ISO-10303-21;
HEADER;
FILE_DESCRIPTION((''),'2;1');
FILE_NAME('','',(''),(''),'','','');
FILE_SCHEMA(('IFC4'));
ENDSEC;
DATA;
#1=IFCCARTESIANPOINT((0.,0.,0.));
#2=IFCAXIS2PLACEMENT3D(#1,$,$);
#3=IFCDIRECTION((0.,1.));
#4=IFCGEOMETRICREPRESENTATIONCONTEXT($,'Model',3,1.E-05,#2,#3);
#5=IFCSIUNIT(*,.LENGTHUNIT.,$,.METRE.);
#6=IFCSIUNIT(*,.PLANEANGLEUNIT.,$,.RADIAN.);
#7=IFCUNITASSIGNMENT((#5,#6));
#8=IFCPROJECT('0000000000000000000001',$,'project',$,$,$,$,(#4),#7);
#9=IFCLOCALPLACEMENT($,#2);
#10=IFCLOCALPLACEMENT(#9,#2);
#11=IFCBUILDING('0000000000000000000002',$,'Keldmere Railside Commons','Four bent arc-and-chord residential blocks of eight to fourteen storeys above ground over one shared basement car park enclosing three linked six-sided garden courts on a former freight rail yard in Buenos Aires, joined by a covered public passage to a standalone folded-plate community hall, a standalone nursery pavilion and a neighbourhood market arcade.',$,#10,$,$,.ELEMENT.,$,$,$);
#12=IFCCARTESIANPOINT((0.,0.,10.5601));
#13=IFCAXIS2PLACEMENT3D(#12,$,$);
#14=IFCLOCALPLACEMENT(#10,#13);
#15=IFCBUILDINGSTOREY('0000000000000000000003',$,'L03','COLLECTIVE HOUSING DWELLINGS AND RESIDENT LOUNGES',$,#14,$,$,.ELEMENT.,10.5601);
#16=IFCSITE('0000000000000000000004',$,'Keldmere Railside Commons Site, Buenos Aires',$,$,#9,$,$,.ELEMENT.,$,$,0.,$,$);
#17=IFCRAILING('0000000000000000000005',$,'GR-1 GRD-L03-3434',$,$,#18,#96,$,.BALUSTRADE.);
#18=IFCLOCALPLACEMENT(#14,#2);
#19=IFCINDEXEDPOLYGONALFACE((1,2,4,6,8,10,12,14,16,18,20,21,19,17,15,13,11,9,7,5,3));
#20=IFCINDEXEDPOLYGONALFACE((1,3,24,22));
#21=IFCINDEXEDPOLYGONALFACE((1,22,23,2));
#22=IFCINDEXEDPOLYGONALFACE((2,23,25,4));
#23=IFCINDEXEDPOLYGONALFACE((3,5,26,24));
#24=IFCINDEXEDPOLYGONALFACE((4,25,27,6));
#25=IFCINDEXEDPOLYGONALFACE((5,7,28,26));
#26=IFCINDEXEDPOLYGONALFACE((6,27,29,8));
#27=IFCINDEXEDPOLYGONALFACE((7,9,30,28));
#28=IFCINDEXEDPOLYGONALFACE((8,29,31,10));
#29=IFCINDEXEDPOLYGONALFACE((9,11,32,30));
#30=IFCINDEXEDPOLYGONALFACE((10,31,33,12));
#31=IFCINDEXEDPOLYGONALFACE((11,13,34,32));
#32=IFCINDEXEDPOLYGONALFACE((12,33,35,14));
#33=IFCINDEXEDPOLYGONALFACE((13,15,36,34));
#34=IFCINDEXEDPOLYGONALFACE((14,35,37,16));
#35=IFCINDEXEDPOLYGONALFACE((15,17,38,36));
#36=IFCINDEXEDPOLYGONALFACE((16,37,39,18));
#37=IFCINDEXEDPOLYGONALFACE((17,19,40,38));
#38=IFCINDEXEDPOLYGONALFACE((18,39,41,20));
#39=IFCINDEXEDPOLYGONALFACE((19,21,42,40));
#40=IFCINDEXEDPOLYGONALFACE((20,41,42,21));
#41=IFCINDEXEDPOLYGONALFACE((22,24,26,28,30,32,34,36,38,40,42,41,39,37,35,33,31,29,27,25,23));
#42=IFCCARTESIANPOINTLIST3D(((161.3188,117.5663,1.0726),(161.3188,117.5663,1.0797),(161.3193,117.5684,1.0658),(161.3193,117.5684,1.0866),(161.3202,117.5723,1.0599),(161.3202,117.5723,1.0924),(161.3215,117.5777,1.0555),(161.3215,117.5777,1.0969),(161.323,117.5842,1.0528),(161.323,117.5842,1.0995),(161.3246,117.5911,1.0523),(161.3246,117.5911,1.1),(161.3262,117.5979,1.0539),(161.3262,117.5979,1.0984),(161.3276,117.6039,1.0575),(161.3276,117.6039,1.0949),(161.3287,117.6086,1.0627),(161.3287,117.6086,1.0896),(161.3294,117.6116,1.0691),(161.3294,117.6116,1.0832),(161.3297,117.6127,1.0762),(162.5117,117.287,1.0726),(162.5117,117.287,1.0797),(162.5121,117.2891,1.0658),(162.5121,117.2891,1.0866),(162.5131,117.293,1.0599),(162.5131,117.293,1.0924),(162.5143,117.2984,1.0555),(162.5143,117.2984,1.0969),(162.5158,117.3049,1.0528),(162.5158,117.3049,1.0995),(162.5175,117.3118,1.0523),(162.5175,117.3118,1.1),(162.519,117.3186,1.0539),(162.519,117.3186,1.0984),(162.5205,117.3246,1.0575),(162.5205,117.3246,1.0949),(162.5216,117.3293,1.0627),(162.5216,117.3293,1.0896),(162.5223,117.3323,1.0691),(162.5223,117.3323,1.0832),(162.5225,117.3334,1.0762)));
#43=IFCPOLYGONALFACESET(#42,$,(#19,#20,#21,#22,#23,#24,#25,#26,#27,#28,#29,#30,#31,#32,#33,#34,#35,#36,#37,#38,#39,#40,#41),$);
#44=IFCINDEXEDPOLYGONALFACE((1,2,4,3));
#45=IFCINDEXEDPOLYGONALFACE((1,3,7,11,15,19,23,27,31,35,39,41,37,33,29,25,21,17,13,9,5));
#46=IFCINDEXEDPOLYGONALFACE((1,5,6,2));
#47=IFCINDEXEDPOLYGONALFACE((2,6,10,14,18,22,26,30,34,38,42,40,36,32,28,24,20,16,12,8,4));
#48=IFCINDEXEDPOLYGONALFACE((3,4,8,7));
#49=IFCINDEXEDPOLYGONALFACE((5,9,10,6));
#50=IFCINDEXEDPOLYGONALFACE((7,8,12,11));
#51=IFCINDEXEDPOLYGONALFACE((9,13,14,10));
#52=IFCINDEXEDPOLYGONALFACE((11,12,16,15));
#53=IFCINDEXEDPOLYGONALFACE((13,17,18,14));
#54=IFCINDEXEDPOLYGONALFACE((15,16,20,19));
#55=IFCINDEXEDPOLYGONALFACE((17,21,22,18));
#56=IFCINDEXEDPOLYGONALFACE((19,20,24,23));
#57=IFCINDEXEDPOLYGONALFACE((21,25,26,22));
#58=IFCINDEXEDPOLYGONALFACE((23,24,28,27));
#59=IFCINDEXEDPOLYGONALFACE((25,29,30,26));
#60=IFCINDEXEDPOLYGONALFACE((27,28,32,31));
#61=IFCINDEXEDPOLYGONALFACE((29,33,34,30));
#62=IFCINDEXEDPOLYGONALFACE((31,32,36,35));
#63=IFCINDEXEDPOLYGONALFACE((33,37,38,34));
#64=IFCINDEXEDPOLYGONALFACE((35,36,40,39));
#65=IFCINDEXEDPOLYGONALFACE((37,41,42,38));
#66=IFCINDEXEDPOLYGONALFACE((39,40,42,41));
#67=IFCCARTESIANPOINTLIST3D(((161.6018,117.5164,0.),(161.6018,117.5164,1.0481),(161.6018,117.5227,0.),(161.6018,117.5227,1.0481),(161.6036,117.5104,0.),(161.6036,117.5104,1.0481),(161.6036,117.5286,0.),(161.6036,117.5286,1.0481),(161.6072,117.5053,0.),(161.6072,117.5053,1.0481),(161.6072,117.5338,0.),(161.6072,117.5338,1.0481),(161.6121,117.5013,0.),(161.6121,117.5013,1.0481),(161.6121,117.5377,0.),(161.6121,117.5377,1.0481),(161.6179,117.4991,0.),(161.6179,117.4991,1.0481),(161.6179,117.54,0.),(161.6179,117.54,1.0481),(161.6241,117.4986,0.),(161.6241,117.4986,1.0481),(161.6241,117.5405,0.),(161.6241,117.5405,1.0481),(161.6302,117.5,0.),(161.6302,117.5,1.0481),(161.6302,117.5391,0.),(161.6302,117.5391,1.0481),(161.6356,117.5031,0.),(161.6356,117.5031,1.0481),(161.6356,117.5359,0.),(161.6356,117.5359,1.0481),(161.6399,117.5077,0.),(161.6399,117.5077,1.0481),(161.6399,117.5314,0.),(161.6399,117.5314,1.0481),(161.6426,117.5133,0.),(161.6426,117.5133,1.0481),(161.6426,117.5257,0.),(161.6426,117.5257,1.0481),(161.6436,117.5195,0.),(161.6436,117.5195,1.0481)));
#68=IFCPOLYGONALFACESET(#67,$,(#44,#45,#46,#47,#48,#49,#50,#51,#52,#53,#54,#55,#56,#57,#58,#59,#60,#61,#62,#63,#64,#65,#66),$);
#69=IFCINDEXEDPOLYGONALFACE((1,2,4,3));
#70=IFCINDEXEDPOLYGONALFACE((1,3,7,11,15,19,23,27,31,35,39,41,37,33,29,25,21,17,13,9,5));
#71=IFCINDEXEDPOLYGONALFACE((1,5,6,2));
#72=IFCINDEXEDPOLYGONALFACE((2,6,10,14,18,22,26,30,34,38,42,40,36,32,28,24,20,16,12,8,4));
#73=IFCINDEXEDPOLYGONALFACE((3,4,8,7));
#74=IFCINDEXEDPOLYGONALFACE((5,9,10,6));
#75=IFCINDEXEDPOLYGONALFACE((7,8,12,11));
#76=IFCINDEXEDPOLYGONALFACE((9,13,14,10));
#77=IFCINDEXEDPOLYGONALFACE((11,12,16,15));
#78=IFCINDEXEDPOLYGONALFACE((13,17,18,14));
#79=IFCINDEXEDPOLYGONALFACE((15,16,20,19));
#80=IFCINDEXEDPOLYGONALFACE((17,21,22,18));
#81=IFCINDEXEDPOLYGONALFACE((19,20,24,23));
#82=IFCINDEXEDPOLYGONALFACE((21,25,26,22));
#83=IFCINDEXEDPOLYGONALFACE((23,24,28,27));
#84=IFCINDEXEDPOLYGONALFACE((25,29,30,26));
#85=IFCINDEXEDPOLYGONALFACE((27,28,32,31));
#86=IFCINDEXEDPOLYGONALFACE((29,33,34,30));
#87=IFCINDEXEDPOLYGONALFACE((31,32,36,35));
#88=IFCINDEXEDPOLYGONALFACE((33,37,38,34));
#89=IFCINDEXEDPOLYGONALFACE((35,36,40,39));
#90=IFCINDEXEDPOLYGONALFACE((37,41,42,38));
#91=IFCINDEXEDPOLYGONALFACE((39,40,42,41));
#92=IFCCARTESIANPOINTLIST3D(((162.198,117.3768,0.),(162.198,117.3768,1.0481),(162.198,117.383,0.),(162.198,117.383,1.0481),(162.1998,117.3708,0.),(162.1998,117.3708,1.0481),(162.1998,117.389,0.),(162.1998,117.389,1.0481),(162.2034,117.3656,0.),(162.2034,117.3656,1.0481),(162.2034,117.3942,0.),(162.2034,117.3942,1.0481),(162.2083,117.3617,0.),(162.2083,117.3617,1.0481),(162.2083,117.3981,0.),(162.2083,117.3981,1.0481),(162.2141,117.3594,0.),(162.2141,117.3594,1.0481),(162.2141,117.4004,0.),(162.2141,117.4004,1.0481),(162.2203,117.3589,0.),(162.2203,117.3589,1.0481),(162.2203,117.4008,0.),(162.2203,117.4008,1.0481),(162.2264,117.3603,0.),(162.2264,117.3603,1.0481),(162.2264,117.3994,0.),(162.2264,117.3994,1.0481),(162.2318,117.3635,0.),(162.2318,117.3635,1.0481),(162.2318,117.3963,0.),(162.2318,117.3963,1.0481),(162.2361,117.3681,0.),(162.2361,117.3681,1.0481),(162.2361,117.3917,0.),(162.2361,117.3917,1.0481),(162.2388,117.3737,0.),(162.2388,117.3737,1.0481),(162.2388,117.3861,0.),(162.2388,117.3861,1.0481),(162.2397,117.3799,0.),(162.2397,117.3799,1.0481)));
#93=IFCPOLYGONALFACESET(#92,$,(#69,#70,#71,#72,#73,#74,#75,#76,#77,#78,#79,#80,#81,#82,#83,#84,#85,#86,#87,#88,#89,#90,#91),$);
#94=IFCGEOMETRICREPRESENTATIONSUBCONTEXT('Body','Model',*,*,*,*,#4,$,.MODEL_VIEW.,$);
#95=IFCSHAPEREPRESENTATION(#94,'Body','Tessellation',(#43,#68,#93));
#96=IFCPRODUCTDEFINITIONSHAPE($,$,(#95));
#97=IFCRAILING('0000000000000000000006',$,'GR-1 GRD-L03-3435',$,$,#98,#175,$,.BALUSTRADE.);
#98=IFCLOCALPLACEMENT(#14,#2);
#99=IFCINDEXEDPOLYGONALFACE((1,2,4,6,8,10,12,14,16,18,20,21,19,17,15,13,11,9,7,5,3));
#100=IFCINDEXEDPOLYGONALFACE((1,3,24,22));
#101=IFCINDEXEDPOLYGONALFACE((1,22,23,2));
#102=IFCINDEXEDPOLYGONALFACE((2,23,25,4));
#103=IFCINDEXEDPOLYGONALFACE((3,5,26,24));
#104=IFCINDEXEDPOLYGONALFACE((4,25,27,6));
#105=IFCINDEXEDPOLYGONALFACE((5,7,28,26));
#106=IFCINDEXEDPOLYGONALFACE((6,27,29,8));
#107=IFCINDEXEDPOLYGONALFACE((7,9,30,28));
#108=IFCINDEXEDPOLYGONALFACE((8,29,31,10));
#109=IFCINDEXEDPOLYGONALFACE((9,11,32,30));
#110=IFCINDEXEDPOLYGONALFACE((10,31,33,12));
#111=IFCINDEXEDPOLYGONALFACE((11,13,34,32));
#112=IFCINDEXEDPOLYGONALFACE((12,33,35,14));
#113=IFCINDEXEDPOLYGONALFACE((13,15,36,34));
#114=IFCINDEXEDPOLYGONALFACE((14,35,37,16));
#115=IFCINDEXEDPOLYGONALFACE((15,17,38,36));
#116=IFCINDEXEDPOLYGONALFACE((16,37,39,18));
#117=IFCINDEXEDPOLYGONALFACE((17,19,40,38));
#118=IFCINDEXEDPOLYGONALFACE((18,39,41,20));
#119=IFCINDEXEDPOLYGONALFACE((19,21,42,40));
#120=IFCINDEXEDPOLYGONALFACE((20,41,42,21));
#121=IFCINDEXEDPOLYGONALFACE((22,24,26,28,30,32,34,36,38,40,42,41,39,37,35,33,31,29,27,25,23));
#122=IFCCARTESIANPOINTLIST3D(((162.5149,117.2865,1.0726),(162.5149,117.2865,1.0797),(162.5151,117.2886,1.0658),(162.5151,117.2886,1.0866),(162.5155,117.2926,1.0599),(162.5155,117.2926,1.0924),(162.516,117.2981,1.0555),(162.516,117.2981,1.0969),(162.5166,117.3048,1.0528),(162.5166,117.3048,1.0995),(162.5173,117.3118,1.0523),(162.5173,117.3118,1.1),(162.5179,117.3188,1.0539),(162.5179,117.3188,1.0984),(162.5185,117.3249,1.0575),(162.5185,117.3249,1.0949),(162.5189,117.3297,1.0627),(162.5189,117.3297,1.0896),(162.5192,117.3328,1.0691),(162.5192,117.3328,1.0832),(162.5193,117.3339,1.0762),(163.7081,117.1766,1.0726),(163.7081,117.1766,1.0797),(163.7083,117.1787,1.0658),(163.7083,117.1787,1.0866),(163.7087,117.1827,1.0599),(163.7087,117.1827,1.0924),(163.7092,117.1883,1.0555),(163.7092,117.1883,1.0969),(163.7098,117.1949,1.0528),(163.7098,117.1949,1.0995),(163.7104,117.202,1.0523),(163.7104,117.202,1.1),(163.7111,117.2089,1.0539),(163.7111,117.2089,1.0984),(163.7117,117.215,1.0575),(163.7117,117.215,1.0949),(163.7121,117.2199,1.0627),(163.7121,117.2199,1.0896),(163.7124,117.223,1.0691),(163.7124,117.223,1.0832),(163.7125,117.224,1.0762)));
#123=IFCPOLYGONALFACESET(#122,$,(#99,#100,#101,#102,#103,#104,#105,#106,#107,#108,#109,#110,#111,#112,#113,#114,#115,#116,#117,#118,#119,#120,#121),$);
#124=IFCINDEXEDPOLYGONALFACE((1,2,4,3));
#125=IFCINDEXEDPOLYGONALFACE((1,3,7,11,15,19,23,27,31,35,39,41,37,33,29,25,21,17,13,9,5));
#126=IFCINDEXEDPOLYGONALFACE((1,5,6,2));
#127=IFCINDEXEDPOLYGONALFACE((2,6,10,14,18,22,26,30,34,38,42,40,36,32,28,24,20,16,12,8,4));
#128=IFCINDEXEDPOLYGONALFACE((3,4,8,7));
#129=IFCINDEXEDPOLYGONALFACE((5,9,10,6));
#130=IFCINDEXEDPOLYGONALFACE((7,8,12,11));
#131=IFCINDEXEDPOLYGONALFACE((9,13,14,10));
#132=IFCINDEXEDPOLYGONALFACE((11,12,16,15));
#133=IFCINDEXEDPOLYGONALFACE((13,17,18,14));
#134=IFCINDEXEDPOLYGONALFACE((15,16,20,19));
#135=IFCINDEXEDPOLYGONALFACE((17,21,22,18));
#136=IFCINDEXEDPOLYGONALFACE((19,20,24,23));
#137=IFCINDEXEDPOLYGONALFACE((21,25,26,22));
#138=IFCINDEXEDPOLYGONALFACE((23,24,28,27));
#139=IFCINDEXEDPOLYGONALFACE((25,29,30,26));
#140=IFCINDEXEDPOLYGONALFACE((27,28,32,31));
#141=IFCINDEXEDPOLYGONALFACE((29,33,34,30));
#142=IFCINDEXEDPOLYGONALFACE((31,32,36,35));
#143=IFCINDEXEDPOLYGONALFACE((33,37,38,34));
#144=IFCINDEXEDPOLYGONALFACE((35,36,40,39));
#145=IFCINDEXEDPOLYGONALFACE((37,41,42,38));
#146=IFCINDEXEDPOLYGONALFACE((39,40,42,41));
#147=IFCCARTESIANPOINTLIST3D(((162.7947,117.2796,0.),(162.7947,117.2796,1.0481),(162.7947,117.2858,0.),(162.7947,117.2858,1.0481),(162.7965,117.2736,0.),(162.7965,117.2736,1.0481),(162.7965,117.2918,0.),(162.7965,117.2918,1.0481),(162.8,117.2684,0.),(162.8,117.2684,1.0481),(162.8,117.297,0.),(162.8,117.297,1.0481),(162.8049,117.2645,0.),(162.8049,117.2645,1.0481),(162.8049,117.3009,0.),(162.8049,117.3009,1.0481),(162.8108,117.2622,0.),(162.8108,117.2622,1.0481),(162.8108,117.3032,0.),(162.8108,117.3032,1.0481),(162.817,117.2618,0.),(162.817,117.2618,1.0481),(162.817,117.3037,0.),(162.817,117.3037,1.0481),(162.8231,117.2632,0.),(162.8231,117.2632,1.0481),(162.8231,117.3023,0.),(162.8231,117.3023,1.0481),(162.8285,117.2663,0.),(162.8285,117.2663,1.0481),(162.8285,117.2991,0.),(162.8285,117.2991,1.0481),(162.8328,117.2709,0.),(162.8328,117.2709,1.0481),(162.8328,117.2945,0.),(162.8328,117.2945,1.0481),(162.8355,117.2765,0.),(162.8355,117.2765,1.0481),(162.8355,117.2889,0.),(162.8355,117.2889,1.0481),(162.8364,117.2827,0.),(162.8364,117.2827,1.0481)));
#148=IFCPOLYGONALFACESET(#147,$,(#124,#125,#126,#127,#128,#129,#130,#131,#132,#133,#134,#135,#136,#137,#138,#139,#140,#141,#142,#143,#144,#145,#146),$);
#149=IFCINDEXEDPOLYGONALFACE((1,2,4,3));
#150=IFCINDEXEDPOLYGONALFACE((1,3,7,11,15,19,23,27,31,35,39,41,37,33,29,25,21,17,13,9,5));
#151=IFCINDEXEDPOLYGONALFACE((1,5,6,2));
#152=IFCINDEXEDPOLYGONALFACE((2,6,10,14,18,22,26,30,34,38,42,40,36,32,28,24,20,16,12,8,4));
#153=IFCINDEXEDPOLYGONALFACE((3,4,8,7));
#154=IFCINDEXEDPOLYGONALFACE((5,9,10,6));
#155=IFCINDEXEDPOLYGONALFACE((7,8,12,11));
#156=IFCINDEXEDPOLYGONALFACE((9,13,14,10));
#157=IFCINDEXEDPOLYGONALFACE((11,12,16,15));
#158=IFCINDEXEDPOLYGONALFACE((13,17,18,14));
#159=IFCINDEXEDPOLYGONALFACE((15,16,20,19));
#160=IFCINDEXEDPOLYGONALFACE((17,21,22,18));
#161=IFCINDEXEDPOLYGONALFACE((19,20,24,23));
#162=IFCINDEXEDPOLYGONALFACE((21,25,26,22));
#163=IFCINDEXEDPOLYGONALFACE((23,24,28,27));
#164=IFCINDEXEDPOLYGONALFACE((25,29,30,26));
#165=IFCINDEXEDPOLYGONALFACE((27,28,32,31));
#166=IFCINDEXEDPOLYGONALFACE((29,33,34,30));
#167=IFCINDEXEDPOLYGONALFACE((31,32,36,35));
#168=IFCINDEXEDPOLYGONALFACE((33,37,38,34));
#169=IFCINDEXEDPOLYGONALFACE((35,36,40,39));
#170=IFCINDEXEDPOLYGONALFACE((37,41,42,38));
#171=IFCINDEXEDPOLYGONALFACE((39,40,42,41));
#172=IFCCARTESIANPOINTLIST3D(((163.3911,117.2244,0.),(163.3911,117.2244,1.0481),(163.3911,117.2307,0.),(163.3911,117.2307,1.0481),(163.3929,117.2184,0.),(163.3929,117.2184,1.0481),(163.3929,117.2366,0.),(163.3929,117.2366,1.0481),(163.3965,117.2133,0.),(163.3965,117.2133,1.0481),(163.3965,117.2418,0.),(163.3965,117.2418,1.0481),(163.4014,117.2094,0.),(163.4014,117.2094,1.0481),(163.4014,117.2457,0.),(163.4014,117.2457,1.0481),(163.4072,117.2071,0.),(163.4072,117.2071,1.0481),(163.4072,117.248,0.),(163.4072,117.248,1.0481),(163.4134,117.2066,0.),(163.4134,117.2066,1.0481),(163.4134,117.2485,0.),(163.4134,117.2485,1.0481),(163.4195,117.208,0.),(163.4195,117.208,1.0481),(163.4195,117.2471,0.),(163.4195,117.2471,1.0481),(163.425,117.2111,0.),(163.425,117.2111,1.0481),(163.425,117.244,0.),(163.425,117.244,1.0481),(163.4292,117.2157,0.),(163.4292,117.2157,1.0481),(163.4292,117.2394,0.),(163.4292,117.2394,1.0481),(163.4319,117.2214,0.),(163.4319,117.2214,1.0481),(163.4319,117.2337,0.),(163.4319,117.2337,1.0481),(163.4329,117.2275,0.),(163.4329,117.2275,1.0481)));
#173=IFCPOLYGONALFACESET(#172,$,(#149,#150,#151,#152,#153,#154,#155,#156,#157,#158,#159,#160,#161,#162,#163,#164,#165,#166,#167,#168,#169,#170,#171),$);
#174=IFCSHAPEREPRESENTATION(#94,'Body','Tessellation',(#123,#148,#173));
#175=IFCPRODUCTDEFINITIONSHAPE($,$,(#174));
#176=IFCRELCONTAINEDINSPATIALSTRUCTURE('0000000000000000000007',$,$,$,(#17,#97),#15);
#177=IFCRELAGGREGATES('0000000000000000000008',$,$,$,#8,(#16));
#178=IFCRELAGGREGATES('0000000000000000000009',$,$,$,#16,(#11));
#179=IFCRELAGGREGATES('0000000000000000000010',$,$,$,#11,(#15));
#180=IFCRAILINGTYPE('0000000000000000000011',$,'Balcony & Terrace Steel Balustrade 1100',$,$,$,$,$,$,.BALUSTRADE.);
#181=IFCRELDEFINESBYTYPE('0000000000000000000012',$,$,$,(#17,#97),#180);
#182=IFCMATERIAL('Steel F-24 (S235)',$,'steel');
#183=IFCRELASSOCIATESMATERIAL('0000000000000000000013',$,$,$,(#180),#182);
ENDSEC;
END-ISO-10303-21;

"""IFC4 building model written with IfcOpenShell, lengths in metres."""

from ifc_helpers import new_model, si_unit, direction, frame, origin, origin_2d, place, context, subcontext, project, spatial, circle, extrude, material, type_object, element, save


model = new_model("IFC4")

# Units and contexts
model_context = context("Model", 3, precision=1e-05, world=origin(), true_north=direction((0.0, 1.0)))
body_context = subcontext(model_context, "Body", "Model", "MODEL_VIEW")
ifc_project = project(units=[si_unit("LENGTHUNIT", "METRE"), si_unit("PLANEANGLEUNIT", "RADIAN")], contexts=[model_context])

# Site, building, storey
site_placement = place(None, origin())
site = spatial("IfcSite", under=ifc_project, at=site_placement, Name="Keldmere Railside Commons Site, Buenos Aires", CompositionType="ELEMENT", RefElevation=0.0)
building_placement = place(site_placement, origin())
building = spatial("IfcBuilding", under=site, at=building_placement, Name="Keldmere Railside Commons", Description="Four bent arc-and-chord residential blocks of eight to fourteen storeys above ground over one shared basement car park enclosing three linked six-sided garden courts on a former freight rail yard in Buenos Aires, joined by a covered public passage to a standalone folded-plate community hall, a standalone nursery pavilion and a neighbourhood market arcade.", CompositionType="ELEMENT")
storey_placement = place(building_placement, frame((0.0, 0.0, 10.5601)))
storey = spatial("IfcBuildingStorey", under=building, at=storey_placement, Name="L03", Description="COLLECTIVE HOUSING DWELLINGS AND RESIDENT LOUNGES", CompositionType="ELEMENT", Elevation=10.5601)

# Railings
ifc_material_1 = material(Name="Steel F-24 (S235)", Category="steel")
railing_type = type_object("IfcRailingType", Name="Balcony & Terrace Steel Balustrade 1100", PredefinedType="BALUSTRADE", material=ifc_material_1)
railing_1_placement = place(storey_placement, frame((161.3242, 117.5894, 0.0)))
element("IfcRailing", 1, at=railing_1_placement, inside=storey, type_object=railing_type, Name="GR-1 GRD-L03-3434", PredefinedType="BALUSTRADE", context=body_context, shape_type="SweptSolid", body=[
    extrude(circle(Radius=0.0239, at=origin_2d()), frame((0.0, 0.0, 1.0762), z_axis=(0.973667, -0.227973, 0.0), x_axis=(0.227973, 0.973667, 0.0)), (0.0, 0.0, 1.0), 1.2251),
    extrude(circle(Radius=0.021, at=origin_2d()), frame((0.2983, -0.0698, 0.0)), (0.0, 0.0, 1.0), 1.0481),
    extrude(circle(Radius=0.021, at=origin_2d()), frame((0.8945, -0.2095, 0.0)), (0.0, 0.0, 1.0), 1.0481),
])
railing_2_placement = place(storey_placement, frame((162.5171, 117.3101, 0.0)))
element("IfcRailing", 2, at=railing_2_placement, inside=storey, type_object=railing_type, Name="GR-1 GRD-L03-3435", PredefinedType="BALUSTRADE", context=body_context, shape_type="SweptSolid", body=[
    extrude(circle(Radius=0.0239, at=origin_2d()), frame((0.0, 0.0, 1.0762), z_axis=(0.995787, -0.091693, 0.0), x_axis=(0.091693, 0.995787, 0.0)), (0.0, 0.0, 1.0), 1.1982),
    extrude(circle(Radius=0.021, at=origin_2d()), frame((0.2983, -0.0273, 0.0)), (0.0, 0.0, 1.0), 1.0481),
    extrude(circle(Radius=0.021, at=origin_2d()), frame((0.8948, -0.0825, 0.0)), (0.0, 0.0, 1.0), 1.0481),
])

save(model, "model.ifc")
